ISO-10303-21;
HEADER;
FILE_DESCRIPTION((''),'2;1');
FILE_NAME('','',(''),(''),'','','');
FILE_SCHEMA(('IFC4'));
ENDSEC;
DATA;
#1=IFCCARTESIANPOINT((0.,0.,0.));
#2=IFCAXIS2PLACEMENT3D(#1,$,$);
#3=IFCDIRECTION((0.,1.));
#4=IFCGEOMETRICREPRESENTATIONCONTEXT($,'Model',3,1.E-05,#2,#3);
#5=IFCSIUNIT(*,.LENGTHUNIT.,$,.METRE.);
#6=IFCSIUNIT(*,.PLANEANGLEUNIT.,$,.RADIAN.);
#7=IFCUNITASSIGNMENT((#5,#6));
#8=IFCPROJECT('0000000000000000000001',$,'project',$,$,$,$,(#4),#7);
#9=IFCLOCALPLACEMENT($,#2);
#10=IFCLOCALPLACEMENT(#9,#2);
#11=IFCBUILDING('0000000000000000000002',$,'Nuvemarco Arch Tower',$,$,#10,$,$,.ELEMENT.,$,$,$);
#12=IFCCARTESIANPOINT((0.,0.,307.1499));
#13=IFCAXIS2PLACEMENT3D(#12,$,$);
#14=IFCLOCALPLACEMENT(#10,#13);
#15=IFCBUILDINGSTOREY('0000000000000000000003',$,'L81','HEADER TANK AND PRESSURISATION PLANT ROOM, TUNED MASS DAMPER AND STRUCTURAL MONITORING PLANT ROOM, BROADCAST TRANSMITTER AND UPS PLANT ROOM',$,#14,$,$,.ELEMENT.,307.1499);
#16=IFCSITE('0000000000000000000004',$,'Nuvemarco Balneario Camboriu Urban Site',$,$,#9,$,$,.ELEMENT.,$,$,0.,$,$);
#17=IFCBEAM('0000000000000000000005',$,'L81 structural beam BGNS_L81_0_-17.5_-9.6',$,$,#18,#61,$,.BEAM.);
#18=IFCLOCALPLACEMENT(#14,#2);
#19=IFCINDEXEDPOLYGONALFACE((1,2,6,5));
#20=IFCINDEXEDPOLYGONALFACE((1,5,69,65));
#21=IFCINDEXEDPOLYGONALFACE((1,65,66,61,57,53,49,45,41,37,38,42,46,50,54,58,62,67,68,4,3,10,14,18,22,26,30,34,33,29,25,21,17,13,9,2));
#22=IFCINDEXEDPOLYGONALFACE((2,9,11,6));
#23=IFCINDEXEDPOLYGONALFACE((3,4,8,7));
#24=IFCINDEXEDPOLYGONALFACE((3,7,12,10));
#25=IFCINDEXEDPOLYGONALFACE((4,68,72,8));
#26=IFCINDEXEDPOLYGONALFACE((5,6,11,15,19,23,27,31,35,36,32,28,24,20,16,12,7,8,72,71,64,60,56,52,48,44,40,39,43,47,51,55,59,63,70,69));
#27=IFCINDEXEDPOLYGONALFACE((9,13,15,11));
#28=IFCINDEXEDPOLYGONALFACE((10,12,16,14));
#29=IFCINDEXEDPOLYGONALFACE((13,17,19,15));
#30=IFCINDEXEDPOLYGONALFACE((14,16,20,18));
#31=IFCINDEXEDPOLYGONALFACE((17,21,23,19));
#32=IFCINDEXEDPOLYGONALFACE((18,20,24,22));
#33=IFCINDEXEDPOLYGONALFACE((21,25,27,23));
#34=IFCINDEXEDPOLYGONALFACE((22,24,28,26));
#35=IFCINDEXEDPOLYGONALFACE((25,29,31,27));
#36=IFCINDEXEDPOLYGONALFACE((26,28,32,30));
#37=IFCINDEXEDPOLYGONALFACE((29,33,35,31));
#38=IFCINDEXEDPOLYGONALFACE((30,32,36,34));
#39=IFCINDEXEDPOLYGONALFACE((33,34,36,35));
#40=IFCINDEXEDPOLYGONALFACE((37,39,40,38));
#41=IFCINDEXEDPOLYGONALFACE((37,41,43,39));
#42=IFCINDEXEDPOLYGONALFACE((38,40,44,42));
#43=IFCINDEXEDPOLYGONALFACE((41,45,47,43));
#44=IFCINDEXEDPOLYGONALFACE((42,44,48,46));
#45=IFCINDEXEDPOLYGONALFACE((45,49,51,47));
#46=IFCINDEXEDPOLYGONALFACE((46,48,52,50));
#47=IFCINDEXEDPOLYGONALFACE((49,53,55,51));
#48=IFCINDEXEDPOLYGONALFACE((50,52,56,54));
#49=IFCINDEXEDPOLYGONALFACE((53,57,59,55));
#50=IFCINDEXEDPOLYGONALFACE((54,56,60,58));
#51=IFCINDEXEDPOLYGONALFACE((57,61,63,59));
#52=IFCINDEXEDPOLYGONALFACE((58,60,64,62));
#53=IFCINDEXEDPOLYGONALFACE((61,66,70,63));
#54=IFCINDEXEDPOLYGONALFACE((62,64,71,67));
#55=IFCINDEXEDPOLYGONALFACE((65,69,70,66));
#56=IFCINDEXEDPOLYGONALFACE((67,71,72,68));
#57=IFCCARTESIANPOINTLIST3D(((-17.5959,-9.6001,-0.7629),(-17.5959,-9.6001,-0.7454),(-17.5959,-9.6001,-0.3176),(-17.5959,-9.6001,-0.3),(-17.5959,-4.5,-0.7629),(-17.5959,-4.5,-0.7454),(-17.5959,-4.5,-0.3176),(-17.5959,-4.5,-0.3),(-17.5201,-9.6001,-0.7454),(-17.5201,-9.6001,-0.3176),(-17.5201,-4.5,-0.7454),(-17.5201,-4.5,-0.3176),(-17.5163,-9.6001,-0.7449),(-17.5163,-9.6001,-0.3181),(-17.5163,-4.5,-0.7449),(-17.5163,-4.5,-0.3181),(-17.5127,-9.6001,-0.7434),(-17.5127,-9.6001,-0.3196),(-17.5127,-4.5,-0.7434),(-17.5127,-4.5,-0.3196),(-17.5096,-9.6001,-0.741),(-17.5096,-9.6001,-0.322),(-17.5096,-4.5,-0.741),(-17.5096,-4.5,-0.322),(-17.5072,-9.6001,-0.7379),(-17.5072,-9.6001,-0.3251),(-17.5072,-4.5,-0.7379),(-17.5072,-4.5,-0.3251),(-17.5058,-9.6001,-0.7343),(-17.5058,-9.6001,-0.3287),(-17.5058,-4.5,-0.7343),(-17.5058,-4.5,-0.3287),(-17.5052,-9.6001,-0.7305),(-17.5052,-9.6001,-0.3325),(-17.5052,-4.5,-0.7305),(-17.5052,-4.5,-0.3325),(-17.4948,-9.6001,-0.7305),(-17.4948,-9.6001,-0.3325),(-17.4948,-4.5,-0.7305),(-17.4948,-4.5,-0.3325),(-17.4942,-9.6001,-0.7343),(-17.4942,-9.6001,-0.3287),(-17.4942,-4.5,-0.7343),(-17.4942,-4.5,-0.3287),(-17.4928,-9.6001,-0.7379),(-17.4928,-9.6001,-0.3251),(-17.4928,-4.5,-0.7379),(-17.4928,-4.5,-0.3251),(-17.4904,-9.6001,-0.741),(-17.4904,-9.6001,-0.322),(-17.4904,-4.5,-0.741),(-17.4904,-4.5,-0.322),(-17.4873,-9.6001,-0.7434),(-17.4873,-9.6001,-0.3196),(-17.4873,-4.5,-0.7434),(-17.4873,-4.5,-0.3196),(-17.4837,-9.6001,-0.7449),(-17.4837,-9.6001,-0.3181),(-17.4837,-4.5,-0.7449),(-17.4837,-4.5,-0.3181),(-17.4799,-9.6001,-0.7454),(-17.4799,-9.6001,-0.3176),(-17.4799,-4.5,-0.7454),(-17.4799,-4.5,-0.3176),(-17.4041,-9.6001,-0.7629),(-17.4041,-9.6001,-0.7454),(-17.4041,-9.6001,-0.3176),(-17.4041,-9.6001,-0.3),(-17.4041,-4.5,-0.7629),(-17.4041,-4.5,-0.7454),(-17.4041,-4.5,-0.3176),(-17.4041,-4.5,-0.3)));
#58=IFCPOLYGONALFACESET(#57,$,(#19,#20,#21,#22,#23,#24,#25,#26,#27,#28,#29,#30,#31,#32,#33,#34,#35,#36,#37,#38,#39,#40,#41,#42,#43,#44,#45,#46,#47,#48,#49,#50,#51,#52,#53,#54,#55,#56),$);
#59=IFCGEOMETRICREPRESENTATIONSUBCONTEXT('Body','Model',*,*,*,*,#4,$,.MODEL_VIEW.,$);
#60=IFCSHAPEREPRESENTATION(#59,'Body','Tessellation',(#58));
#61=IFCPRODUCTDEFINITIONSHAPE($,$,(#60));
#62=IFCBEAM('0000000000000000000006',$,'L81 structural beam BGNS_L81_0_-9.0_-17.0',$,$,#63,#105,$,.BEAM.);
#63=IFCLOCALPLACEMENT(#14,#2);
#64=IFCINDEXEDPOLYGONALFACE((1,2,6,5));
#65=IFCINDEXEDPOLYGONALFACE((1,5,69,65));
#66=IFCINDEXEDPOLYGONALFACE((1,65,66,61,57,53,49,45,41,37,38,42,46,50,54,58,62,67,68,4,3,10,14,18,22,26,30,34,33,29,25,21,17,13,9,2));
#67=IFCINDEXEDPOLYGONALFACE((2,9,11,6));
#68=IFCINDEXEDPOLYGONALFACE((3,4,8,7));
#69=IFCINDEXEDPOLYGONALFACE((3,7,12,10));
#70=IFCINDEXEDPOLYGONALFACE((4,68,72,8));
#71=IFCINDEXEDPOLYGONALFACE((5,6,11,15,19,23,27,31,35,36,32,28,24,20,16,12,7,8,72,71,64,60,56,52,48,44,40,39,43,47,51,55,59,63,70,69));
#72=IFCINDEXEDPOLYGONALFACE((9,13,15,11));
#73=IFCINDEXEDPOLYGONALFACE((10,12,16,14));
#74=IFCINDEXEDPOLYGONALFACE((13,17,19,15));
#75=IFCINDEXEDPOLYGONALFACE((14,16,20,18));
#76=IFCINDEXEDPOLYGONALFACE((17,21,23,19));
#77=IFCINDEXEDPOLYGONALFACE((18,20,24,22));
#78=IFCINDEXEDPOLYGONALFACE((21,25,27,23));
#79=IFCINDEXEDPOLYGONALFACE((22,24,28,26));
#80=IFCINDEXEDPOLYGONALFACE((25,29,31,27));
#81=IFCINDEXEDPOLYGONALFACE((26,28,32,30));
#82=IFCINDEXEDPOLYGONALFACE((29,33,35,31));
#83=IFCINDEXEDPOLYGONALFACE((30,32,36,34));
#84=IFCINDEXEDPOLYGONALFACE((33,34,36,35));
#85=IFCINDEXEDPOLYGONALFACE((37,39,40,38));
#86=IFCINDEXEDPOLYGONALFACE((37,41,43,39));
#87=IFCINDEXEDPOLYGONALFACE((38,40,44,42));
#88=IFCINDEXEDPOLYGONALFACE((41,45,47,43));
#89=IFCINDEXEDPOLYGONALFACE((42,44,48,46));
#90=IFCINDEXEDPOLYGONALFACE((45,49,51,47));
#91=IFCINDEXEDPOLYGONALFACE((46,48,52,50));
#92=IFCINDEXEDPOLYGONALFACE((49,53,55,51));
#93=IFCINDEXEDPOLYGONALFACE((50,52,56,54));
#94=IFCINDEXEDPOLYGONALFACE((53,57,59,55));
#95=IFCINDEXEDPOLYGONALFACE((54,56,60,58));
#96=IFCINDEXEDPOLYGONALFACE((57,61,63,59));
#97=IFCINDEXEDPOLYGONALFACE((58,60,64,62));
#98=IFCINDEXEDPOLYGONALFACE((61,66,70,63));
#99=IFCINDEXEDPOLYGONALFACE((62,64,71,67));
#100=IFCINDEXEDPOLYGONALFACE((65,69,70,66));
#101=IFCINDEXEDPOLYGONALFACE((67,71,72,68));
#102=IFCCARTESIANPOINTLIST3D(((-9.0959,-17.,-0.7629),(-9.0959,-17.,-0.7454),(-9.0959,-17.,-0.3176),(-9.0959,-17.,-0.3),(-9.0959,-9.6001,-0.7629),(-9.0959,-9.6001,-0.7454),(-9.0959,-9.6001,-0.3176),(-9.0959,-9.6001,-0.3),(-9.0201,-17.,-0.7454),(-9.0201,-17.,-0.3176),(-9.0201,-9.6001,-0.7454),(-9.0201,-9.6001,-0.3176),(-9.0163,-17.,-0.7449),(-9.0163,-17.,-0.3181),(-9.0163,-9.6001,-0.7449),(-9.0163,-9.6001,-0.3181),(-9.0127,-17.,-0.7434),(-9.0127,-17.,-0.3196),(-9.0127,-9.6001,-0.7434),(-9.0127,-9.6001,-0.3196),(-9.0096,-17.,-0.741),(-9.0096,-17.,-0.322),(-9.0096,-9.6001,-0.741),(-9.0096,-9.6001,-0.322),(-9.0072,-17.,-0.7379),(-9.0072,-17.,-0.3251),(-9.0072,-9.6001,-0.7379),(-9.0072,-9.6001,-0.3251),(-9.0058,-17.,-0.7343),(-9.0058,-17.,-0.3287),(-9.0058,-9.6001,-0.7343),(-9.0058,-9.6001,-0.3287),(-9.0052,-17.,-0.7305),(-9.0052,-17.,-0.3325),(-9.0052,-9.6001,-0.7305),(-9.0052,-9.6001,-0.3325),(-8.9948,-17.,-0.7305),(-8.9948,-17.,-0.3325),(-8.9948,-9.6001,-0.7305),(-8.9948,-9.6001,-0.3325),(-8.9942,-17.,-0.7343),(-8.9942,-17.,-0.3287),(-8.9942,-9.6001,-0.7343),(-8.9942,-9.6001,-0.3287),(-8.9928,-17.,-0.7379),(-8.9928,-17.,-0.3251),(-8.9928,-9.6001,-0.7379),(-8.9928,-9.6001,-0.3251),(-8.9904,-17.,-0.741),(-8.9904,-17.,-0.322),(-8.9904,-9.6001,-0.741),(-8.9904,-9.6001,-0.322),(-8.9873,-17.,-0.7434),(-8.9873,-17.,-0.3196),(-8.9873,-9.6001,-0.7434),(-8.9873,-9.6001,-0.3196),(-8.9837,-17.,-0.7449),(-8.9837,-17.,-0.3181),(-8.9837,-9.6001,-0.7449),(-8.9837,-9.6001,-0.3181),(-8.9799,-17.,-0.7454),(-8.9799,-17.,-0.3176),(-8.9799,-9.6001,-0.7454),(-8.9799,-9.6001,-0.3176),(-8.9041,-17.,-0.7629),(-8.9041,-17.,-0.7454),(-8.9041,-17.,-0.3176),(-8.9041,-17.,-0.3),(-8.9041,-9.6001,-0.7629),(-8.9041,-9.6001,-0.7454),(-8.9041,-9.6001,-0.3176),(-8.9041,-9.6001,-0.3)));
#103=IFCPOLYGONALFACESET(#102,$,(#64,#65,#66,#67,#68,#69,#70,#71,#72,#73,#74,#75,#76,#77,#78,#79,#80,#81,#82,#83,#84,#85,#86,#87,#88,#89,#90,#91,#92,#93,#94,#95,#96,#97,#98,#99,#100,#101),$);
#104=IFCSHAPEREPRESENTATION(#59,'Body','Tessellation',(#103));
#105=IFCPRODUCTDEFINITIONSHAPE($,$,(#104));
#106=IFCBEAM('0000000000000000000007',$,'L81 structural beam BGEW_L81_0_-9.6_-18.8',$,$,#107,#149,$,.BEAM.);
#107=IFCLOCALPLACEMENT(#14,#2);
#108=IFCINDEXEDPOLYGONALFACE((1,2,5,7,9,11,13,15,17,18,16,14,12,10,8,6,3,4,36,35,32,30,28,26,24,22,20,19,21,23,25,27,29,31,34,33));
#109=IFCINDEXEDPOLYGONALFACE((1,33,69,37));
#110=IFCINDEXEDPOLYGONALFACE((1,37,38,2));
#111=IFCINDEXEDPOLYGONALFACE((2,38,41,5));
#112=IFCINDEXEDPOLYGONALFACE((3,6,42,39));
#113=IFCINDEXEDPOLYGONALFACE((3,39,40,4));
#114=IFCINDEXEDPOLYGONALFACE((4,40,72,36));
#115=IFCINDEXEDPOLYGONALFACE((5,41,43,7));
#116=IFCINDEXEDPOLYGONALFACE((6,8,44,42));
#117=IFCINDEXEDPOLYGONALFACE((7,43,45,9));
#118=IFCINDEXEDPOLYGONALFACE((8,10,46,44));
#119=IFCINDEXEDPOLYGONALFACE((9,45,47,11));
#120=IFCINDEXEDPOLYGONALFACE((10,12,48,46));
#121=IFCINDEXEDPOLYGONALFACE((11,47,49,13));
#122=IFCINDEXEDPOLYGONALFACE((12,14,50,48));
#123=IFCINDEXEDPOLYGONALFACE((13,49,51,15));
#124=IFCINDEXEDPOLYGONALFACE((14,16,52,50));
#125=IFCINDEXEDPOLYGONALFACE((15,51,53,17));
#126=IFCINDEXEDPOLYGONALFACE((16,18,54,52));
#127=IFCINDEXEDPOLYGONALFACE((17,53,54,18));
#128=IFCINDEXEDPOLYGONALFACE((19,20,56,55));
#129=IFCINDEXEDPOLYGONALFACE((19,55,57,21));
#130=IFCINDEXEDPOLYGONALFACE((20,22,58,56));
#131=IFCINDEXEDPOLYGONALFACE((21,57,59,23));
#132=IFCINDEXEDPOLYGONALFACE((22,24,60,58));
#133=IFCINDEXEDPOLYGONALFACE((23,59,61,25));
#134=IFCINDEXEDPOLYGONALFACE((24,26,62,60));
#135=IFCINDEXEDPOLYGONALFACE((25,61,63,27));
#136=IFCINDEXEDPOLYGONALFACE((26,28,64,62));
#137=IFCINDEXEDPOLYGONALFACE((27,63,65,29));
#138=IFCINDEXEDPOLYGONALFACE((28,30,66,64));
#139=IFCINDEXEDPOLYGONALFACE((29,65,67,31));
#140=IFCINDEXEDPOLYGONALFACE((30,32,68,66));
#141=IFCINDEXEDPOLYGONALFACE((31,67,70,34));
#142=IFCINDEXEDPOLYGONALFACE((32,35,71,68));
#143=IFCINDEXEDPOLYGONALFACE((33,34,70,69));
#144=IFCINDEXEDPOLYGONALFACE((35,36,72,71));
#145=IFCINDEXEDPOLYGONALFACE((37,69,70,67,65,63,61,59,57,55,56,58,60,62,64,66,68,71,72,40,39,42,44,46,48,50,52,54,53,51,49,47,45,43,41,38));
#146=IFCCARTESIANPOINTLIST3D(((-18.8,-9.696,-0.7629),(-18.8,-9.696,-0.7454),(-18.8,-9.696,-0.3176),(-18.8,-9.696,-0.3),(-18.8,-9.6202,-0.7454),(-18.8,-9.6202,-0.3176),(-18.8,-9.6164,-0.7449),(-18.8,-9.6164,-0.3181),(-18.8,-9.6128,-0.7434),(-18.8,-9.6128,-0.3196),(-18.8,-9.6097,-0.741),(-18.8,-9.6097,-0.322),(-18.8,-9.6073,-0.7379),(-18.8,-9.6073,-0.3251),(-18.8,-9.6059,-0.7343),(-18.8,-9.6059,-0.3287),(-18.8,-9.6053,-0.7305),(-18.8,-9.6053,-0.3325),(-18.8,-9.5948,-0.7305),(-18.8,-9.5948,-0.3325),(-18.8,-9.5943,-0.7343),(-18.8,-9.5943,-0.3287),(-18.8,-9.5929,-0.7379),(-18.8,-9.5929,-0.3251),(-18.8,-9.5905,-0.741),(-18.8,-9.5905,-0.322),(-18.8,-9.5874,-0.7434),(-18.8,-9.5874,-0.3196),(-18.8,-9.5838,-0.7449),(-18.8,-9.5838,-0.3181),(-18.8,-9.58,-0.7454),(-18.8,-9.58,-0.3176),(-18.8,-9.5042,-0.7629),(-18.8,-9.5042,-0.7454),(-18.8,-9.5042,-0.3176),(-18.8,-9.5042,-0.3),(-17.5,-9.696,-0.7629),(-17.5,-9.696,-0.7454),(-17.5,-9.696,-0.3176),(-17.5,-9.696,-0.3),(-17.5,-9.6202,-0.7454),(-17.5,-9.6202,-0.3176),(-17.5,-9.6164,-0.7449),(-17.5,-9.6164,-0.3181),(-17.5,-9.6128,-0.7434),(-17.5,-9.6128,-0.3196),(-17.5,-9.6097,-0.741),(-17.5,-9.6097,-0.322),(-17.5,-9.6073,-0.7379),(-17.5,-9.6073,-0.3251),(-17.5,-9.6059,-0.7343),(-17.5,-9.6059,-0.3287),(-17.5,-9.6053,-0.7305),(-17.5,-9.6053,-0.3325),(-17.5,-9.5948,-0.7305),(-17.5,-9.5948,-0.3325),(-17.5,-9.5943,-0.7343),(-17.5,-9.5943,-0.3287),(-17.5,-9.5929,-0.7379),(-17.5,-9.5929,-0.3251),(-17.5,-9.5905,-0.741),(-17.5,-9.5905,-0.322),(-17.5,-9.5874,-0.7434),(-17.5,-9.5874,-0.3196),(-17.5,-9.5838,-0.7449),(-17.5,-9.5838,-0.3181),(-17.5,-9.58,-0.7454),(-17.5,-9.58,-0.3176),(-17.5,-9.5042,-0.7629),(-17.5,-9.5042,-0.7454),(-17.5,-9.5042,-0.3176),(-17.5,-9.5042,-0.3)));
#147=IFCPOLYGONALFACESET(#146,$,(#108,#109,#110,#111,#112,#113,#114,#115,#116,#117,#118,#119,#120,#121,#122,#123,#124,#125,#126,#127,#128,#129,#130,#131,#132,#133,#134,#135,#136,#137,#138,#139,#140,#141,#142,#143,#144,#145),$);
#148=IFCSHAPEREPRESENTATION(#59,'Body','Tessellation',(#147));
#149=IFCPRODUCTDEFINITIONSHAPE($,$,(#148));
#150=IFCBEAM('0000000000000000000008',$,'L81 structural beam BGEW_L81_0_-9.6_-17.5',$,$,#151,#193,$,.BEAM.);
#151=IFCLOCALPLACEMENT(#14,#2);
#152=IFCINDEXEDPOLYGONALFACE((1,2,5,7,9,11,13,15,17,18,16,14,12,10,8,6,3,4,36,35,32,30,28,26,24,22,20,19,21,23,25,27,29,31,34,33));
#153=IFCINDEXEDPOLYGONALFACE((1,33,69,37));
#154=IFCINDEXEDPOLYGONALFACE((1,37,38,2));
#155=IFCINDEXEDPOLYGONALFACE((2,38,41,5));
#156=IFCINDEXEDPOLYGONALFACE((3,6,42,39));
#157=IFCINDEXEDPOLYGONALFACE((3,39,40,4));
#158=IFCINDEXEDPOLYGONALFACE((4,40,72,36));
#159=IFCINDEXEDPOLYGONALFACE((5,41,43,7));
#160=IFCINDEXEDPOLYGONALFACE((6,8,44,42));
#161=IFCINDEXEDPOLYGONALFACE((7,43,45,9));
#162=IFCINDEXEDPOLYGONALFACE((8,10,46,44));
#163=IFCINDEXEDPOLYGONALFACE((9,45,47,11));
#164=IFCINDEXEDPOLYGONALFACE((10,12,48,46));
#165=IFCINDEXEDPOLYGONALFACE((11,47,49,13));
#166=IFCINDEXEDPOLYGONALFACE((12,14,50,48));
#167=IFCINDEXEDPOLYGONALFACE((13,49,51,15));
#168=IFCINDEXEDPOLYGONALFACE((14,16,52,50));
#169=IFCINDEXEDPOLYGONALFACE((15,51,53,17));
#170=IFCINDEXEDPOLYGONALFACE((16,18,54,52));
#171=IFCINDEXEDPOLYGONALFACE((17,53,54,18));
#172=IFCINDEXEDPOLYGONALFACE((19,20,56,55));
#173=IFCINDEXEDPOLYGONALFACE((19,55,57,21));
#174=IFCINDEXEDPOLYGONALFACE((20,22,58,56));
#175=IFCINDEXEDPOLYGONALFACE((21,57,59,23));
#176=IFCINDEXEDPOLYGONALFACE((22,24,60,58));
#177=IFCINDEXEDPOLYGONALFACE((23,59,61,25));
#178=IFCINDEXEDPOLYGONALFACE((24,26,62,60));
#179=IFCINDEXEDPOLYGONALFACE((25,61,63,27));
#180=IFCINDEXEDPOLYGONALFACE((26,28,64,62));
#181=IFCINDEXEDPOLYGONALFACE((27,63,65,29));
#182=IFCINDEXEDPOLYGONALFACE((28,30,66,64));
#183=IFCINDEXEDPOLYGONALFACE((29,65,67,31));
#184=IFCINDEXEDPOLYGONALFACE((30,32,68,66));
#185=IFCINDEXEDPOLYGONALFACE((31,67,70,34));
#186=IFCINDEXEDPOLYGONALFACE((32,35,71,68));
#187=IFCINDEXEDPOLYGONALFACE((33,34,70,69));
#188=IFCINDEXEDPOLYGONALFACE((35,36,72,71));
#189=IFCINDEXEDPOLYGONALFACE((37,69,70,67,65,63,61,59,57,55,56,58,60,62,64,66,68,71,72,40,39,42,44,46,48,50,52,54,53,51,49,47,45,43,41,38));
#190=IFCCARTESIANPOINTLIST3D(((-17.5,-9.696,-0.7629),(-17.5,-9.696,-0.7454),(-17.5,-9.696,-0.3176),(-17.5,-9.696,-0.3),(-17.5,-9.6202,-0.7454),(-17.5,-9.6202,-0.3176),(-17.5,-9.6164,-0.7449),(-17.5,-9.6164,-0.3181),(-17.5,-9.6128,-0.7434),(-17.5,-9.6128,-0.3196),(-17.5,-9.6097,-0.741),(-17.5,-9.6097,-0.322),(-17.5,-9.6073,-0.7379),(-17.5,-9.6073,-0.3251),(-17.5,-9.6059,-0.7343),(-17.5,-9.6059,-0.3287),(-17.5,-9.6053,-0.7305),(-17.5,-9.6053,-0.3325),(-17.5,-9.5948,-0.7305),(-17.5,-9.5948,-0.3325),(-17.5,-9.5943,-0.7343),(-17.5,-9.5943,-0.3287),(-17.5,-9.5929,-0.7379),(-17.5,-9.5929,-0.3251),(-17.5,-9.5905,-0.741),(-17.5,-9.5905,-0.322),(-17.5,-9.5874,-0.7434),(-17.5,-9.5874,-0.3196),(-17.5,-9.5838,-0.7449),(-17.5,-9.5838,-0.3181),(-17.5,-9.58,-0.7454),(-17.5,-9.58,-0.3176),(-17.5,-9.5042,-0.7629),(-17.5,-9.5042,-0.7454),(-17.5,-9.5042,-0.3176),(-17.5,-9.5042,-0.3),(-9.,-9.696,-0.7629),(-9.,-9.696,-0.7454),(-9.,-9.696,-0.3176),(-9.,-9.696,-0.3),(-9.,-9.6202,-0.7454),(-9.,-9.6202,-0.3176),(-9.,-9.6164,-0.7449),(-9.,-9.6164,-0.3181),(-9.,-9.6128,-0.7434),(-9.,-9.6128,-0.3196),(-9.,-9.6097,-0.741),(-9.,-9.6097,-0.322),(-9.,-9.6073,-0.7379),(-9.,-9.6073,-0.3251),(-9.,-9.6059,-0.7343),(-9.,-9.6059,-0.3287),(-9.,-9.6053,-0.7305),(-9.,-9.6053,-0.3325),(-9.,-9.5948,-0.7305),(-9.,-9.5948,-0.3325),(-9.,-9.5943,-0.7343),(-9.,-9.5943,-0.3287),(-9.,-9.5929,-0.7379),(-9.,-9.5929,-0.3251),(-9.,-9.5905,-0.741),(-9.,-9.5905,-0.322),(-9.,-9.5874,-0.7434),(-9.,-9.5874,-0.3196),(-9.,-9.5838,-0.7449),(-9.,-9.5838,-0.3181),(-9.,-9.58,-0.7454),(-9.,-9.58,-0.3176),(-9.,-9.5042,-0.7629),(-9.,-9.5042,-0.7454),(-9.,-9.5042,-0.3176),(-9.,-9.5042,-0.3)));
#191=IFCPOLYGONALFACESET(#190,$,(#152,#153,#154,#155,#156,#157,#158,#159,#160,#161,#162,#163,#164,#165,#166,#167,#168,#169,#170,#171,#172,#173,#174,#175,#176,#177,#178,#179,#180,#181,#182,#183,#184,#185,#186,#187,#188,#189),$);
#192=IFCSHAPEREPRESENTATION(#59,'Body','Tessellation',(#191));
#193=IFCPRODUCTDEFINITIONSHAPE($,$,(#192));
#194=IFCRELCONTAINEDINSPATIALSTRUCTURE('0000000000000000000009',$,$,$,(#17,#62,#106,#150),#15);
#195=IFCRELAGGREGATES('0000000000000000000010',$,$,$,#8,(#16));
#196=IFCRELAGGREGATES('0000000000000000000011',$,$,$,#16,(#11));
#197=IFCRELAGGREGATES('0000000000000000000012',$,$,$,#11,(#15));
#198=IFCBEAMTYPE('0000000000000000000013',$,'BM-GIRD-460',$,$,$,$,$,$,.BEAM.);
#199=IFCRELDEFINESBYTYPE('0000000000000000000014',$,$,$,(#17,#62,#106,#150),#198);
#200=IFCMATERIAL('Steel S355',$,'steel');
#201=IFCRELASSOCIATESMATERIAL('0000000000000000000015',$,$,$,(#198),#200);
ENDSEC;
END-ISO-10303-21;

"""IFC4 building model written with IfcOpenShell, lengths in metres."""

from ifc_helpers import new_model, si_unit, direction, frame, origin, origin_2d, place, context, subcontext, project, spatial, i_section, extrude, material, material_profile, profile_set, type_object, element, save


model = new_model("IFC4")

# Units and contexts
model_context = context("Model", 3, precision=1e-05, world=origin(), true_north=direction((0.0, 1.0)))
body_context = subcontext(model_context, "Body", "Model", "MODEL_VIEW")
ifc_project = project(units=[si_unit("LENGTHUNIT", "METRE"), si_unit("PLANEANGLEUNIT", "RADIAN")], contexts=[model_context])

# Site, building, storey
site_placement = place(None, origin())
site = spatial("IfcSite", under=ifc_project, at=site_placement, Name="Nuvemarco Balneario Camboriu Urban Site", CompositionType="ELEMENT", RefElevation=0.0)
building_placement = place(site_placement, origin())
building = spatial("IfcBuilding", under=site, at=building_placement, Name="Nuvemarco Arch Tower", CompositionType="ELEMENT")
storey_placement = place(building_placement, frame((0.0, 0.0, 307.1499)))
storey = spatial("IfcBuildingStorey", under=building, at=storey_placement, Name="L81", Description="HEADER TANK AND PRESSURISATION PLANT ROOM, TUNED MASS DAMPER AND STRUCTURAL MONITORING PLANT ROOM, BROADCAST TRANSMITTER AND UPS PLANT ROOM", CompositionType="ELEMENT", Elevation=307.1499)

# Shared definitions
ifc_material_1 = material(Name="Steel S355", Category="steel")

# Beams
ifc_material_profile_1 = material_profile(ifc_material_1, i_section(OverallWidth=0.1919, OverallDepth=0.4629, WebThickness=0.0105, FlangeThickness=0.0176, FilletRadius=0.0149, at=origin_2d()), Name="W460x89")
ifc_profile_set_1 = profile_set([ifc_material_profile_1], Name="Steel S355")
beam_type_1 = type_object("IfcBeamType", Name="BM-GIRD-460", PredefinedType="BEAM", material=ifc_profile_set_1)
beam_1_placement = place(storey_placement, frame((-17.5, -9.6001, -0.5315), z_axis=(0.0, 1.0, 0.0), x_axis=(-1.0, 0.0, 0.0)))
element("IfcBeam", 1, at=beam_1_placement, inside=storey, type_object=beam_type_1, Name="L81 structural beam BGNS_L81_0_-17.5_-9.6", PredefinedType="BEAM", context=body_context, shape_type="SweptSolid", body=[
    extrude(i_section(OverallWidth=0.1919, OverallDepth=0.4629, WebThickness=0.0105, FlangeThickness=0.0176, FilletRadius=0.0149, at=origin_2d()), origin(), (0.0, 0.0, 1.0), 5.1001),
])
beam_2_placement = place(storey_placement, frame((-9.0, -17.0, -0.5315), z_axis=(0.0, 1.0, 0.0), x_axis=(-1.0, 0.0, 0.0)))
element("IfcBeam", 2, at=beam_2_placement, inside=storey, type_object=beam_type_1, Name="L81 structural beam BGNS_L81_0_-9.0_-17.0", PredefinedType="BEAM", context=body_context, shape_type="SweptSolid", body=[
    extrude(i_section(OverallWidth=0.1919, OverallDepth=0.4629, WebThickness=0.0105, FlangeThickness=0.0176, FilletRadius=0.0149, at=origin_2d()), origin(), (0.0, 0.0, 1.0), 7.3999),
])
beam_3_placement = place(storey_placement, frame((-18.8, -9.6001, -0.5315), z_axis=(1.0, 0.0, 0.0), x_axis=(0.0, 1.0, 0.0)))
element("IfcBeam", 3, at=beam_3_placement, inside=storey, type_object=beam_type_1, Name="L81 structural beam BGEW_L81_0_-9.6_-18.8", PredefinedType="BEAM", context=body_context, shape_type="SweptSolid", body=[
    extrude(i_section(OverallWidth=0.1919, OverallDepth=0.4629, WebThickness=0.0105, FlangeThickness=0.0176, FilletRadius=0.0149, at=origin_2d()), origin(), (0.0, 0.0, 1.0), 1.3),
])
beam_4_placement = place(storey_placement, frame((-17.5, -9.6001, -0.5315), z_axis=(1.0, 0.0, 0.0), x_axis=(0.0, 1.0, 0.0)))
element("IfcBeam", 4, at=beam_4_placement, inside=storey, type_object=beam_type_1, Name="L81 structural beam BGEW_L81_0_-9.6_-17.5", PredefinedType="BEAM", context=body_context, shape_type="SweptSolid", body=[
    extrude(i_section(OverallWidth=0.1919, OverallDepth=0.4629, WebThickness=0.0105, FlangeThickness=0.0176, FilletRadius=0.0149, at=origin_2d()), origin(), (0.0, 0.0, 1.0), 8.5),
])

save(model, "model.ifc")
